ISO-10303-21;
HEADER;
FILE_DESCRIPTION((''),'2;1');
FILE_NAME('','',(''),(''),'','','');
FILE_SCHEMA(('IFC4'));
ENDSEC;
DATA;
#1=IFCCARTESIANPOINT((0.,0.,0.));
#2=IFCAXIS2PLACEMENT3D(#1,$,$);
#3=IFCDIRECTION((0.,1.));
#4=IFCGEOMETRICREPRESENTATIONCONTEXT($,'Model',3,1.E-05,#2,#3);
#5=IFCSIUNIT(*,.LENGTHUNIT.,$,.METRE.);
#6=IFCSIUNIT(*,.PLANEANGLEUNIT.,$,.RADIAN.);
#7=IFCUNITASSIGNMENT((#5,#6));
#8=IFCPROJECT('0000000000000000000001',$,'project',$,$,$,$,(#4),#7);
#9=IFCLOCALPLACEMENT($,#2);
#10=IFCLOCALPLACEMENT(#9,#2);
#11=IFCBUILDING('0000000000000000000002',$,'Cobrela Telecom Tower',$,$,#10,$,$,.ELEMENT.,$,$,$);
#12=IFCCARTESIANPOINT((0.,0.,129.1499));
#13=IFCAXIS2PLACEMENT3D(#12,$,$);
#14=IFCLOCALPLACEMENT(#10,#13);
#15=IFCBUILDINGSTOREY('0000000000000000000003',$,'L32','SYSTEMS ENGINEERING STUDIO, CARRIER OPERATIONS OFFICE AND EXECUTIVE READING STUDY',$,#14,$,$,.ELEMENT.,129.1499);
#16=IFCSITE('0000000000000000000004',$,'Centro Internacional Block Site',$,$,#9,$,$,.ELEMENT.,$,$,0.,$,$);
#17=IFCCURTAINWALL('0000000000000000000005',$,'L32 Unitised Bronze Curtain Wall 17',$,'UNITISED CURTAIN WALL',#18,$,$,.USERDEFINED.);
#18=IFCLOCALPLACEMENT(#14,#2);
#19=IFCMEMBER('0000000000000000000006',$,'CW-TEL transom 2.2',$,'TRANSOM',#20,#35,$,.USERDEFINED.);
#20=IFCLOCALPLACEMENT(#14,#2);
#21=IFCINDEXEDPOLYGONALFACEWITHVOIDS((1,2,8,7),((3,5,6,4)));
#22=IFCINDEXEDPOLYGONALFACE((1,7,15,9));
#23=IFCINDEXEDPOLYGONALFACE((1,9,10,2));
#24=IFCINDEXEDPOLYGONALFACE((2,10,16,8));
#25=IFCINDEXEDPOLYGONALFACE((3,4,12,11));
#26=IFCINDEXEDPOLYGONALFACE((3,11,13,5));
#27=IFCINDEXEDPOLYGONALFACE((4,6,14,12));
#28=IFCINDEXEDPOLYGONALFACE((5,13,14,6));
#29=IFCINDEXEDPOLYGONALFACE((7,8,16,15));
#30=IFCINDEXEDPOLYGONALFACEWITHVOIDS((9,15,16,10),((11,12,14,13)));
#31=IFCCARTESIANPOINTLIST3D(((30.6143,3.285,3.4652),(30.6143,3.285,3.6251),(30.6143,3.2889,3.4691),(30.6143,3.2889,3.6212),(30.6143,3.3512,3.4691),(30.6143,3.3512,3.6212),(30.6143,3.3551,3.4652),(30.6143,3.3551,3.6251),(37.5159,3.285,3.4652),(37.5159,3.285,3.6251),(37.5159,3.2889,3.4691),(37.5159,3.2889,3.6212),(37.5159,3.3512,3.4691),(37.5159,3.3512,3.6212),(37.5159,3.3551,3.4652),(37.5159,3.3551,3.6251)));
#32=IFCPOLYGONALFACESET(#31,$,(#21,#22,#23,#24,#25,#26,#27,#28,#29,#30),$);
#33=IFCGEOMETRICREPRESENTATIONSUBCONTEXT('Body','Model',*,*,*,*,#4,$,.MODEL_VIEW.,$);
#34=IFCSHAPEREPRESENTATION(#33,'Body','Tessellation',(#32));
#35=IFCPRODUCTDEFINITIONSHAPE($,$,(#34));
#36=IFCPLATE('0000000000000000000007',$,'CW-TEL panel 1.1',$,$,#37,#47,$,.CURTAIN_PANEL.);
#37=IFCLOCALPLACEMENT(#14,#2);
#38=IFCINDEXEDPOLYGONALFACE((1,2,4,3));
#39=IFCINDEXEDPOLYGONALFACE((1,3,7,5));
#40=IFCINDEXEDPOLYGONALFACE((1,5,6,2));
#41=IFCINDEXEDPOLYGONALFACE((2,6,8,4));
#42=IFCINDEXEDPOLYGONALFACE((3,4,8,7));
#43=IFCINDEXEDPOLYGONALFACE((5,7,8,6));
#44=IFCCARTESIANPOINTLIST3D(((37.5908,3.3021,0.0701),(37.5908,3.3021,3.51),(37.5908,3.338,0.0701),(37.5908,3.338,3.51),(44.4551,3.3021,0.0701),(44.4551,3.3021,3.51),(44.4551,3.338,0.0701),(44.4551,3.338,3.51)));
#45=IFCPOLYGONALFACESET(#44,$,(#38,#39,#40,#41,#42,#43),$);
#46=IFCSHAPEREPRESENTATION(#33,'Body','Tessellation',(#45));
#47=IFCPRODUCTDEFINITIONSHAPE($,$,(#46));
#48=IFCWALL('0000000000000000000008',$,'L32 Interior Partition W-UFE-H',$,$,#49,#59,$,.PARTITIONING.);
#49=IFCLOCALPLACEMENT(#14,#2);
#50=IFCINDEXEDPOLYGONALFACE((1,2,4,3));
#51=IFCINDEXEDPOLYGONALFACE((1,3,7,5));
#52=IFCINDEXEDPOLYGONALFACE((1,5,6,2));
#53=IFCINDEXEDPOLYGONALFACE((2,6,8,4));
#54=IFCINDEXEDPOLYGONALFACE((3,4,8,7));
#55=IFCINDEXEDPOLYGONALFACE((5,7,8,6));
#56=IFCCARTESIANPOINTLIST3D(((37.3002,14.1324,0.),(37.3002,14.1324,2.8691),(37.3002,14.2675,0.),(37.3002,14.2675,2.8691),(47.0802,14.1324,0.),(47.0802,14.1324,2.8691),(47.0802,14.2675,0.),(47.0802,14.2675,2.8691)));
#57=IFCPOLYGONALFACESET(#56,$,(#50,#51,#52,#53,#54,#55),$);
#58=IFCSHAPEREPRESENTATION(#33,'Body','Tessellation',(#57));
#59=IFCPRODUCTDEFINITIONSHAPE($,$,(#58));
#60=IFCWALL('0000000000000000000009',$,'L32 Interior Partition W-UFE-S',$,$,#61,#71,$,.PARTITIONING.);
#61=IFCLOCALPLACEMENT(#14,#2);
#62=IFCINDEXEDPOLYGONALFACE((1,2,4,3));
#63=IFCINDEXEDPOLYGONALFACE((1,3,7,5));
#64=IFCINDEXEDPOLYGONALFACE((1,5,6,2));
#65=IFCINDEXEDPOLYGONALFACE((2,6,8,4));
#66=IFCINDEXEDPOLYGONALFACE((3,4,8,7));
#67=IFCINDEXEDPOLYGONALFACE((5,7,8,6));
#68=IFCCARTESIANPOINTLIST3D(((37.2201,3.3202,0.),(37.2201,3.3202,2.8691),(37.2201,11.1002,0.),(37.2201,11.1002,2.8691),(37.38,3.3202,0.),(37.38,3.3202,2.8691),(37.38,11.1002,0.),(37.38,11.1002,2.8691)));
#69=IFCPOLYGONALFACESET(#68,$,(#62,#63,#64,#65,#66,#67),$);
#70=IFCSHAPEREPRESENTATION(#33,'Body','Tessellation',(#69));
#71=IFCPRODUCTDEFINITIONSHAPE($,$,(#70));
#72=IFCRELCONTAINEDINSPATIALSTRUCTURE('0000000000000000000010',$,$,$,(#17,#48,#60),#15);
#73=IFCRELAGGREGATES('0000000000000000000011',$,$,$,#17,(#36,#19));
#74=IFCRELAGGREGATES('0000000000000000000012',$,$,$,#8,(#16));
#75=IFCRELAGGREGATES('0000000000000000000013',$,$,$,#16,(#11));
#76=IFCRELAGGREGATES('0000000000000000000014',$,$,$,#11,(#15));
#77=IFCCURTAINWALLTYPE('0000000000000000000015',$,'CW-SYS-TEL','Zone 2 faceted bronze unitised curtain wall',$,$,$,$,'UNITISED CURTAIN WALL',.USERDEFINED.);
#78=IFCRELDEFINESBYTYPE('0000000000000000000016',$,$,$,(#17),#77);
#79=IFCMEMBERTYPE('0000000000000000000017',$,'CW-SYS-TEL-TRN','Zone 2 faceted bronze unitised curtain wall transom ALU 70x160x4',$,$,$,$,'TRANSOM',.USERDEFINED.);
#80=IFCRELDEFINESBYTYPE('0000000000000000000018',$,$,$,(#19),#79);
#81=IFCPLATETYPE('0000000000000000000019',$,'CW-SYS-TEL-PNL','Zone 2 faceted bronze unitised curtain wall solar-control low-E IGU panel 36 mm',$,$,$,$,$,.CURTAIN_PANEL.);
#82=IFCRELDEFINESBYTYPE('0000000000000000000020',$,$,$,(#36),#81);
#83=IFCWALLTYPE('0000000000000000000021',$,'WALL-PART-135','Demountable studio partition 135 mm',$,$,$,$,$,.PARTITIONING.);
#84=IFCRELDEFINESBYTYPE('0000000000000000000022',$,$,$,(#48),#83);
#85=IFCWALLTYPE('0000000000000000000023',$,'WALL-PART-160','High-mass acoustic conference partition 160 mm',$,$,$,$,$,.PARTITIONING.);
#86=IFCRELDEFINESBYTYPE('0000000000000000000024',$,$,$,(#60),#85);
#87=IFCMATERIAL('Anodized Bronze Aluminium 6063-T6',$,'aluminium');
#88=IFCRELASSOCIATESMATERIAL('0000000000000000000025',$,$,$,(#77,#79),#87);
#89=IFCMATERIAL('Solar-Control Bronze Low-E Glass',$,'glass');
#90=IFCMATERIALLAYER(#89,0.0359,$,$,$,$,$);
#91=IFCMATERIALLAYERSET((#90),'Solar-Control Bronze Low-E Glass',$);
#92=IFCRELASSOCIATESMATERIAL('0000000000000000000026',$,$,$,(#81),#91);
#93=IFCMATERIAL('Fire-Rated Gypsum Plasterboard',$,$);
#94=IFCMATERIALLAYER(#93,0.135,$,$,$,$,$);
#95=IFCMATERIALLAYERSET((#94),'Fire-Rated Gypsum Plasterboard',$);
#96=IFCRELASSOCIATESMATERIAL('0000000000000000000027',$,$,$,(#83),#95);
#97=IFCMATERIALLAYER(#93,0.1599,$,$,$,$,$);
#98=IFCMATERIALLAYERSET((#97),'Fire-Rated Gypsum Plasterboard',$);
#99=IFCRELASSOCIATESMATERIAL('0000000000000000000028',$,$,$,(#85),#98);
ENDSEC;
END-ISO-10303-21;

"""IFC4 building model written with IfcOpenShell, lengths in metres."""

from ifc_helpers import new_model, si_unit, direction, frame, frame_2d, origin, origin_2d, place, context, subcontext, project, spatial, rectangle, hollow_rectangle, extrude, material, layer, layer_set, material_profile, profile_set, type_object, element, aggregate, save


model = new_model("IFC4")

# Units and contexts
model_context = context("Model", 3, precision=1e-05, world=origin(), true_north=direction((0.0, 1.0)))
body_context = subcontext(model_context, "Body", "Model", "MODEL_VIEW")
ifc_project = project(units=[si_unit("LENGTHUNIT", "METRE"), si_unit("PLANEANGLEUNIT", "RADIAN")], contexts=[model_context])

# Site, building, storey
site_placement = place(None, origin())
site = spatial("IfcSite", under=ifc_project, at=site_placement, Name="Centro Internacional Block Site", CompositionType="ELEMENT", RefElevation=0.0)
building_placement = place(site_placement, origin())
building = spatial("IfcBuilding", under=site, at=building_placement, Name="Cobrela Telecom Tower", CompositionType="ELEMENT")
storey_placement = place(building_placement, frame((0.0, 0.0, 129.1499)))
storey = spatial("IfcBuildingStorey", under=building, at=storey_placement, Name="L32", Description="SYSTEMS ENGINEERING STUDIO, CARRIER OPERATIONS OFFICE AND EXECUTIVE READING STUDY", CompositionType="ELEMENT", Elevation=129.1499)

# Curtain wall, member, plate
ifc_material_1 = material(Name="Anodized Bronze Aluminium 6063-T6", Category="aluminium")
curtain_wall_type = type_object("IfcCurtainWallType", Name="CW-SYS-TEL", Description="Zone 2 faceted bronze unitised curtain wall", ElementType="UNITISED CURTAIN WALL", PredefinedType="USERDEFINED", material=ifc_material_1)
curtain_wall_placement = place(storey_placement, origin())
curtain_wall = element("IfcCurtainWall", 1, at=curtain_wall_placement, inside=storey, type_object=curtain_wall_type, Name="L32 Unitised Bronze Curtain Wall 17", ObjectType="UNITISED CURTAIN WALL", PredefinedType="USERDEFINED")
ifc_material_profile_1 = material_profile(ifc_material_1, hollow_rectangle(XDim=0.0701, YDim=0.1599, WallThickness=0.0039, at=origin_2d()), Name="ALU 70x160x4")
ifc_profile_set_1 = profile_set([ifc_material_profile_1], Name="Anodized Bronze Aluminium 6063-T6")
member_type_1 = type_object("IfcMemberType", Name="CW-SYS-TEL-TRN", Description="Zone 2 faceted bronze unitised curtain wall transom ALU 70x160x4", ElementType="TRANSOM", PredefinedType="USERDEFINED", material=ifc_profile_set_1)
member_1_placement = place(storey_placement, frame((37.5159, 3.3201, 3.5452), z_axis=(-1.0, 0.0, 0.0), x_axis=(0.0, -1.0, 0.0)))
member_1 = element("IfcMember", 2, at=member_1_placement, type_object=member_type_1, Name="CW-TEL transom 2.2", ObjectType="TRANSOM", PredefinedType="USERDEFINED", context=body_context, shape_type="SweptSolid", body=[
    extrude(hollow_rectangle(XDim=0.0701, YDim=0.1599, WallThickness=0.0039, at=origin_2d()), origin(), (0.0, 0.0, 1.0), 6.9016),
])
ifc_material_2 = material(Name="Solar-Control Bronze Low-E Glass", Category="glass")
ifc_layer_1 = layer(ifc_material_2, 0.0359)
ifc_layer_set_1 = layer_set([ifc_layer_1], Name="Solar-Control Bronze Low-E Glass")
plate_type = type_object("IfcPlateType", Name="CW-SYS-TEL-PNL", Description="Zone 2 faceted bronze unitised curtain wall solar-control low-E IGU panel 36 mm", PredefinedType="CURTAIN_PANEL", material=ifc_layer_set_1)
plate_placement = place(storey_placement, frame((41.0229, 3.3201, 0.0701), z_axis=(0.0, 0.0, 1.0), x_axis=(-1.0, 0.0, 0.0)))
plate = element("IfcPlate", 3, at=plate_placement, type_object=plate_type, Name="CW-TEL panel 1.1", PredefinedType="CURTAIN_PANEL", context=body_context, shape_type="SweptSolid", body=[
    extrude(rectangle(XDim=6.8643, YDim=0.0359, at=origin_2d()), origin(), (0.0, 0.0, 1.0), 3.4399),
])
aggregate(curtain_wall, [plate, member_1])

# Wall
ifc_material_3 = material(Name="Fire-Rated Gypsum Plasterboard")
ifc_layer_2 = layer(ifc_material_3, 0.135)
ifc_layer_set_2 = layer_set([ifc_layer_2], Name="Fire-Rated Gypsum Plasterboard")
wall_type_1 = type_object("IfcWallType", Name="WALL-PART-135", Description="Demountable studio partition 135 mm", PredefinedType="PARTITIONING", material=ifc_layer_set_2)
wall_1_placement = place(storey_placement, frame((37.3, 14.2, 0.0), z_axis=(0.0, 0.0, 1.0), x_axis=(1.0, 0.0, 0.0)))
element("IfcWall", 4, at=wall_1_placement, inside=storey, type_object=wall_type_1, Name="L32 Interior Partition W-UFE-H", PredefinedType="PARTITIONING", context=body_context, shape_type="SweptSolid", body=[
    extrude(rectangle(XDim=9.78, YDim=0.135, at=frame_2d((4.8901, 0.0))), origin(), (0.0, 0.0, 1.0), 2.8691),
])

# Wall
ifc_layer_3 = layer(ifc_material_3, 0.1599)
ifc_layer_set_3 = layer_set([ifc_layer_3], Name="Fire-Rated Gypsum Plasterboard")
wall_type_2 = type_object("IfcWallType", Name="WALL-PART-160", Description="High-mass acoustic conference partition 160 mm", PredefinedType="PARTITIONING", material=ifc_layer_set_3)
wall_2_placement = place(storey_placement, frame((37.3, 3.3201, 0.0), z_axis=(0.0, 0.0, 1.0), x_axis=(0.0, 1.0, 0.0)))
element("IfcWall", 5, at=wall_2_placement, inside=storey, type_object=wall_type_2, Name="L32 Interior Partition W-UFE-S", PredefinedType="PARTITIONING", context=body_context, shape_type="SweptSolid", body=[
    extrude(rectangle(XDim=7.78, YDim=0.1599, at=frame_2d((3.8901, 0.0))), origin(), (0.0, 0.0, 1.0), 2.8691),
])

save(model, "model.ifc")
